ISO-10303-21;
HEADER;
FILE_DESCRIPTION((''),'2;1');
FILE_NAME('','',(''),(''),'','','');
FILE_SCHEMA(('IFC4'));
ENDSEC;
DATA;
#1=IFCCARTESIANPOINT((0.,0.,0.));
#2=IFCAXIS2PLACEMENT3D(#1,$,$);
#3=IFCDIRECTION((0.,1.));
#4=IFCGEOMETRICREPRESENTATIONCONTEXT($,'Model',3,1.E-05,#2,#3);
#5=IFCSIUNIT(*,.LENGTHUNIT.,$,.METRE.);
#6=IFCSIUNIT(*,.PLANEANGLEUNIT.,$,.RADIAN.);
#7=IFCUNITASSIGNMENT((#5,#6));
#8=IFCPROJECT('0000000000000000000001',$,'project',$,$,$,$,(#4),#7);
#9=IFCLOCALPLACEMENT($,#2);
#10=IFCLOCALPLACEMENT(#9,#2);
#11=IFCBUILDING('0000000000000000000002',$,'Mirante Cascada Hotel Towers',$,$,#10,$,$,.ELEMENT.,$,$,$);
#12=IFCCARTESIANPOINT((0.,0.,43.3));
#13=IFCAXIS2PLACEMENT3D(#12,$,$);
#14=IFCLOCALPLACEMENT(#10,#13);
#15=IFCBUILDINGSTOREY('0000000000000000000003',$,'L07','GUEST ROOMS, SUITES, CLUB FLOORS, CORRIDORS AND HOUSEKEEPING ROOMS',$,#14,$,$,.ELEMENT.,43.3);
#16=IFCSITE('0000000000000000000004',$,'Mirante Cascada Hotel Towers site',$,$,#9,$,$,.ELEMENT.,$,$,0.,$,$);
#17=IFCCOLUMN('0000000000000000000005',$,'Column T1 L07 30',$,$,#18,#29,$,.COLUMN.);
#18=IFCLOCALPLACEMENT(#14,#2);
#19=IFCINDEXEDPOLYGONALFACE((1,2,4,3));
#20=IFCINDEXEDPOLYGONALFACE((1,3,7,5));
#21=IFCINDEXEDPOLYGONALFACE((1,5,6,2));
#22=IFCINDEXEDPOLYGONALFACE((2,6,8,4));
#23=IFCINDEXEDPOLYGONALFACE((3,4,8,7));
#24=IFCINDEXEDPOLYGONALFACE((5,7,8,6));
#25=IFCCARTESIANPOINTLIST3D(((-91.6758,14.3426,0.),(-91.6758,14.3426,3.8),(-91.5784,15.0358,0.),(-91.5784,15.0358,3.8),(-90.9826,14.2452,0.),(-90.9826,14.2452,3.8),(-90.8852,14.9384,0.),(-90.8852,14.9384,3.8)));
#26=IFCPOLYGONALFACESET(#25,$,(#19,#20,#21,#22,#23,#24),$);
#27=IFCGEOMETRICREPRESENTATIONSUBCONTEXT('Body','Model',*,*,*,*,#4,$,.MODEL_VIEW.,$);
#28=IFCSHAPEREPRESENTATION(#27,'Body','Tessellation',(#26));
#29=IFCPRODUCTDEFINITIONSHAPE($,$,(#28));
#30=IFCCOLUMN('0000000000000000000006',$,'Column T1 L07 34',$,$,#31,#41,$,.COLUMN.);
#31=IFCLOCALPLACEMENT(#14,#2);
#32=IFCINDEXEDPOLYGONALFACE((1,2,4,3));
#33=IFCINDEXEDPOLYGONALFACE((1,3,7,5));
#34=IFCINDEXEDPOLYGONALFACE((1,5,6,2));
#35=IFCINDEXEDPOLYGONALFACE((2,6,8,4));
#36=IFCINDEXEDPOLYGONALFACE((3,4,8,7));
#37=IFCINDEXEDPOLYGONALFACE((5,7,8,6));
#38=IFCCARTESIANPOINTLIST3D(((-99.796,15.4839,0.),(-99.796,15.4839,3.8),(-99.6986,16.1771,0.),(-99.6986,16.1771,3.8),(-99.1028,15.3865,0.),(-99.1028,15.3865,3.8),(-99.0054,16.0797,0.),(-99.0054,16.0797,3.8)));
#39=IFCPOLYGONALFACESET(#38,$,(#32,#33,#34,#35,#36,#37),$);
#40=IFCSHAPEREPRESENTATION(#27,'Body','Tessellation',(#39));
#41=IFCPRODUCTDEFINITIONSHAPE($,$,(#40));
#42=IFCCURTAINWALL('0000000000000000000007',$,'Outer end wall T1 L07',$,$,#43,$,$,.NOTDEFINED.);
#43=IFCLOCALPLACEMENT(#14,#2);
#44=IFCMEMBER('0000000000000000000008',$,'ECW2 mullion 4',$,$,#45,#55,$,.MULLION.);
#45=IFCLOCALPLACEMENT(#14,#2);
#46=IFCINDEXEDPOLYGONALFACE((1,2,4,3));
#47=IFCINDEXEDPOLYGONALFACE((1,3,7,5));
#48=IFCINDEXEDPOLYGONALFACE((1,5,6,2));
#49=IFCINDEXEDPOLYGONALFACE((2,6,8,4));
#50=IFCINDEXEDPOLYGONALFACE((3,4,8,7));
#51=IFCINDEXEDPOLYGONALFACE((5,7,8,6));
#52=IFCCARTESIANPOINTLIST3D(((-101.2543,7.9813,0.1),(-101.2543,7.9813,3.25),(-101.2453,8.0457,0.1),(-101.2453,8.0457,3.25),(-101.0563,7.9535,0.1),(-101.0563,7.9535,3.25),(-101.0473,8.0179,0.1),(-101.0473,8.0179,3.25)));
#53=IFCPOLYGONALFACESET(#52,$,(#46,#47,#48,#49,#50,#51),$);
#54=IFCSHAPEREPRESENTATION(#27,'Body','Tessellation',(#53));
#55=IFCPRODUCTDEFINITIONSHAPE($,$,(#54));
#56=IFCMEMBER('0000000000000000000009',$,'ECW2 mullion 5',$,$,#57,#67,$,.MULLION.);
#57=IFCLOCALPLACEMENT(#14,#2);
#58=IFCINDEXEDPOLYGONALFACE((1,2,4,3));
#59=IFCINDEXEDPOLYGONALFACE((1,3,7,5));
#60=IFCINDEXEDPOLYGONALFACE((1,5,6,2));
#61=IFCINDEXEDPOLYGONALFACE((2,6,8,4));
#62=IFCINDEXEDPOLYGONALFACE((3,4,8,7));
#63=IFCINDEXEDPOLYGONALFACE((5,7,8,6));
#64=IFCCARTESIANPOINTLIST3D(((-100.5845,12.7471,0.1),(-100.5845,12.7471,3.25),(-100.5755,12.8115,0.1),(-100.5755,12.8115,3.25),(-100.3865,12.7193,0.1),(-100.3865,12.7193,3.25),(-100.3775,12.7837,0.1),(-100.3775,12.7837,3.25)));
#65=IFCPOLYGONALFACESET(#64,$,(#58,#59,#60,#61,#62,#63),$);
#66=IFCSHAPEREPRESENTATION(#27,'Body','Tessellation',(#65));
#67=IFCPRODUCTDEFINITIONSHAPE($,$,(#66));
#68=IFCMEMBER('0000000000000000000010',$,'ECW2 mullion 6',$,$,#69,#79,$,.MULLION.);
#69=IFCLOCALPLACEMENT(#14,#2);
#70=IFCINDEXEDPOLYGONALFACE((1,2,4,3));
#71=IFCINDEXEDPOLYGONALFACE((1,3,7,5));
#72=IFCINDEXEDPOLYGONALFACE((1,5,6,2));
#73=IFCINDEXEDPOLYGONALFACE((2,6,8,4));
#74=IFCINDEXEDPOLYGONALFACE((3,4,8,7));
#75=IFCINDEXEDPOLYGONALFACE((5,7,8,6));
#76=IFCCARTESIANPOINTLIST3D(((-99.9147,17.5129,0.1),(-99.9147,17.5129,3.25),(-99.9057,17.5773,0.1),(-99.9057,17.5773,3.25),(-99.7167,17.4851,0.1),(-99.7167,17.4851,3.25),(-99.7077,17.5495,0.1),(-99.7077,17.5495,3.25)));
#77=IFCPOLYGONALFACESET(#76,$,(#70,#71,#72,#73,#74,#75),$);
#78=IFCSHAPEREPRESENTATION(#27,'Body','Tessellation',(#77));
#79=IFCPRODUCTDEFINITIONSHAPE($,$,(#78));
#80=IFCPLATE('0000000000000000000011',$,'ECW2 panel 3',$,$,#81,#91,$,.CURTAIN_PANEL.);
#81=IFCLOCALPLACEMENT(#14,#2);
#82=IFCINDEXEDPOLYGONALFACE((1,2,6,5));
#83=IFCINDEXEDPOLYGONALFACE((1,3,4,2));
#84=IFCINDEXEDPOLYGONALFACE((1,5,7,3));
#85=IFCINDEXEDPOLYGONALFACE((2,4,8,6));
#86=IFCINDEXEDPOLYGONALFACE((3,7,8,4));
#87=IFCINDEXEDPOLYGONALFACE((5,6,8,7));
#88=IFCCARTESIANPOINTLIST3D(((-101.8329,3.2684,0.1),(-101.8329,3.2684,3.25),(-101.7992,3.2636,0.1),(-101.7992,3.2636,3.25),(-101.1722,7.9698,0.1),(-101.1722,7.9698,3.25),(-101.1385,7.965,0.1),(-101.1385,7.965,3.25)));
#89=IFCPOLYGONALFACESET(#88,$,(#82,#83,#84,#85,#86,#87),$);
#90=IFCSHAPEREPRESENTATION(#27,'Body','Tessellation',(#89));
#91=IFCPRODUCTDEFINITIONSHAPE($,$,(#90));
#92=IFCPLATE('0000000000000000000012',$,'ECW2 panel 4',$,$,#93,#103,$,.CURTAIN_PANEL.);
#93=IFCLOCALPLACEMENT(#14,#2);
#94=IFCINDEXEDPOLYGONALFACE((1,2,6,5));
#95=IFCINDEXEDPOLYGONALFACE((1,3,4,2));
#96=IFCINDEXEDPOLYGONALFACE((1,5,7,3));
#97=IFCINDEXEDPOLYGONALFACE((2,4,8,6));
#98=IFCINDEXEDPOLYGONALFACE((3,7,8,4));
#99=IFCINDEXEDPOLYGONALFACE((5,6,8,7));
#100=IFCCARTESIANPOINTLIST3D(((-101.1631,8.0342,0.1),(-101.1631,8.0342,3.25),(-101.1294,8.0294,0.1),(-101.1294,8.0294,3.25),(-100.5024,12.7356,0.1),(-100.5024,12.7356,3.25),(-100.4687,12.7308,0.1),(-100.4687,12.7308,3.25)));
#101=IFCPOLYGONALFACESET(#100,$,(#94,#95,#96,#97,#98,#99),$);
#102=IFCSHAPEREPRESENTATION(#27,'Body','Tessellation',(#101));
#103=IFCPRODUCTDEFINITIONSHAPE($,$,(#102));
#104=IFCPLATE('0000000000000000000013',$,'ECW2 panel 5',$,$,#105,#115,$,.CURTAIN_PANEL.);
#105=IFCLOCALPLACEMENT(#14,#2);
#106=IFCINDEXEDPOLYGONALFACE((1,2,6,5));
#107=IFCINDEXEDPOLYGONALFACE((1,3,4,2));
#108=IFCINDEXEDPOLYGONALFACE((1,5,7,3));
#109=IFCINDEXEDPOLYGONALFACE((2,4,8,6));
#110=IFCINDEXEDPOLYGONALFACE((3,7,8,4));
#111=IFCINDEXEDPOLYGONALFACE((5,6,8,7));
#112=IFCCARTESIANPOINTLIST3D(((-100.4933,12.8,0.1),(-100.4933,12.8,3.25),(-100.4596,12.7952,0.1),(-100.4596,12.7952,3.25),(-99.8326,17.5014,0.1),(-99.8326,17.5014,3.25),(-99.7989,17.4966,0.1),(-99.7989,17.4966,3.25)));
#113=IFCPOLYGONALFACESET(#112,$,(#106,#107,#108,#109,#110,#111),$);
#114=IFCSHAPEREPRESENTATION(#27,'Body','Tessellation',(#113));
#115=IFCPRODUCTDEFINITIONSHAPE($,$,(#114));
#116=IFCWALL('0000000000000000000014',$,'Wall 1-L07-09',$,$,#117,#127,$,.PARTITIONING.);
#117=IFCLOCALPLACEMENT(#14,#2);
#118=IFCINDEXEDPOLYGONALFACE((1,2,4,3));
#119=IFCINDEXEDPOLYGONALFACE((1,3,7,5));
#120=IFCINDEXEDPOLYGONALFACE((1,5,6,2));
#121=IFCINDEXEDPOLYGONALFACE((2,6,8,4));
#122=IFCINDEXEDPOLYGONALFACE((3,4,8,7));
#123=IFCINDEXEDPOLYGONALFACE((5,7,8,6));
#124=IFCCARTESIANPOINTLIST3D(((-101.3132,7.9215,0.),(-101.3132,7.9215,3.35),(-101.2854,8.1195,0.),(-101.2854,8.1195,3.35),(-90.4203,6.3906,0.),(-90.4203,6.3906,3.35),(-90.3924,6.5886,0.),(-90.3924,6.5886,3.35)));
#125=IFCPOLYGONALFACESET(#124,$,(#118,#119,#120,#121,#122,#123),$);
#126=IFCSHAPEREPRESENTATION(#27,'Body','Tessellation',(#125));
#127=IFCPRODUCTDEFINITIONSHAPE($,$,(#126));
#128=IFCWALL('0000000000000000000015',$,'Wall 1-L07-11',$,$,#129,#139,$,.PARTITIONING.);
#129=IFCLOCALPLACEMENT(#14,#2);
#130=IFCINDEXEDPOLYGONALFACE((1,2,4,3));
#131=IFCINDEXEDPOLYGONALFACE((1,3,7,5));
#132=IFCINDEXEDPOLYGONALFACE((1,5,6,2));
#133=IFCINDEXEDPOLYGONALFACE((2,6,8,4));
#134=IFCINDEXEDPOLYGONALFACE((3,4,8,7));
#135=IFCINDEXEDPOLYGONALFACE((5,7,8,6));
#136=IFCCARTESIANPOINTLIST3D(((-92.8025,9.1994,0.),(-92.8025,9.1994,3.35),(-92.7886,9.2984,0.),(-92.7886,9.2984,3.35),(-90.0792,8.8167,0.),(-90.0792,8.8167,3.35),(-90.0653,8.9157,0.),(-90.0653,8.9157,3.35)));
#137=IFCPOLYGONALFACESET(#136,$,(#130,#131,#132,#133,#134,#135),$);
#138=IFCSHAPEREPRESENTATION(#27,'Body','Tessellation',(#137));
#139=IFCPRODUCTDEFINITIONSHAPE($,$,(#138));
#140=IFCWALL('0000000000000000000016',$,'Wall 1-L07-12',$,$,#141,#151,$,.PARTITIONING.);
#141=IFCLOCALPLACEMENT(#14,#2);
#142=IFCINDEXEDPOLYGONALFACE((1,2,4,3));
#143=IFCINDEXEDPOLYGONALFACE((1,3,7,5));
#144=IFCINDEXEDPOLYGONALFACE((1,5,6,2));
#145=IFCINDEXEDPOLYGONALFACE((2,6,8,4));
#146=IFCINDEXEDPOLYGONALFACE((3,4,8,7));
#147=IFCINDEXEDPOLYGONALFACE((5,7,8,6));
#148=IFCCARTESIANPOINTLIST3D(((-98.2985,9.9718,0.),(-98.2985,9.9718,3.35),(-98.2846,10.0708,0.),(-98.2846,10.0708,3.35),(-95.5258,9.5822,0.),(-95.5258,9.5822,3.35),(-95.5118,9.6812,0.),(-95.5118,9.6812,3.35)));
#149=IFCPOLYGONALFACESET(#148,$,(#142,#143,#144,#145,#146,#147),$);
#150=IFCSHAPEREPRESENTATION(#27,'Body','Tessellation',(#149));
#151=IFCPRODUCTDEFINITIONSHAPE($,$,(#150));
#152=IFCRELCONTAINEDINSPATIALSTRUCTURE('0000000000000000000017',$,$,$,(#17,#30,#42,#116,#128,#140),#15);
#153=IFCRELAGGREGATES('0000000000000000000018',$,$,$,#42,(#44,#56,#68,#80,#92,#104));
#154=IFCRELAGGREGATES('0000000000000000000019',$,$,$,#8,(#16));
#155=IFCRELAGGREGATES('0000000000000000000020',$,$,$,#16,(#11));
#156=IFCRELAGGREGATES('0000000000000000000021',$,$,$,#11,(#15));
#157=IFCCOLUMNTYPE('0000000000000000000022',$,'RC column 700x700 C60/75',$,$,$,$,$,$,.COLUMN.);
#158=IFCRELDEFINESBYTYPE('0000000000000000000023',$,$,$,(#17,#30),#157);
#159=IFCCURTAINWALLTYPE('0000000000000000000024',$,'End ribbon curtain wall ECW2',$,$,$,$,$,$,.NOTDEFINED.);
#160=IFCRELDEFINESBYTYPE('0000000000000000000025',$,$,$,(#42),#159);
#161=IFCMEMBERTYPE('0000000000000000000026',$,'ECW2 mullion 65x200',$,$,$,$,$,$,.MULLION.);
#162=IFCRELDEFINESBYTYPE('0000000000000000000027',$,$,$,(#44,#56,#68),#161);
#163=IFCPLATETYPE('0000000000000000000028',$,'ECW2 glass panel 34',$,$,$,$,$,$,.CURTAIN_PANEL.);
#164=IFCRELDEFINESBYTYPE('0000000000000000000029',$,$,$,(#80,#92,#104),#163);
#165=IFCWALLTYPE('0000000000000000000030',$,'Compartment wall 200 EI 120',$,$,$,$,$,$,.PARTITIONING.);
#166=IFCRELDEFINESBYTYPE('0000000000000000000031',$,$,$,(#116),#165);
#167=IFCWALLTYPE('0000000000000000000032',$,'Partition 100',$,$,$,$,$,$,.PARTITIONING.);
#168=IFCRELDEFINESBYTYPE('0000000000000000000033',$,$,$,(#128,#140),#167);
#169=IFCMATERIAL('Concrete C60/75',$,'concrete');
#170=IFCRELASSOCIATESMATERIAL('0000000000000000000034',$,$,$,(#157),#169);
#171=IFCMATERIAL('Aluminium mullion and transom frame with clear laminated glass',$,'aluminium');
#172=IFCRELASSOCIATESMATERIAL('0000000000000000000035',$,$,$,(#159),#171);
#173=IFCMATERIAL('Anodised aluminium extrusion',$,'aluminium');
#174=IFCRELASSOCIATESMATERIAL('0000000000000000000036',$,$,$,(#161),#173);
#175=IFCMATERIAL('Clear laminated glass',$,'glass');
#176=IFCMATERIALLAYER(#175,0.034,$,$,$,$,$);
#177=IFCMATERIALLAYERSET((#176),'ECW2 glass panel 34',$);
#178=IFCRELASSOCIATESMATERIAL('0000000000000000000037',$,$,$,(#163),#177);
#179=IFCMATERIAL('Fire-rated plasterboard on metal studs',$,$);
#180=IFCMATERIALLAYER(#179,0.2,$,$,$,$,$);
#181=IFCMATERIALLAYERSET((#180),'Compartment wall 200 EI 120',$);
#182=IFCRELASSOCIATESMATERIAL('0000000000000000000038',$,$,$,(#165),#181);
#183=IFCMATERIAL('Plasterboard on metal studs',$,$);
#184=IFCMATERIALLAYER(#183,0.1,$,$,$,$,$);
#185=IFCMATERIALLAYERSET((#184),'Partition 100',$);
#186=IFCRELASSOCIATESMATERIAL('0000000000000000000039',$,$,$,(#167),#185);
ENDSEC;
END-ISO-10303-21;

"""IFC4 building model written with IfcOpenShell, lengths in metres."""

from ifc_helpers import new_model, si_unit, direction, frame, frame_2d, origin, origin_2d, place, context, subcontext, project, spatial, rectangle, extrude, material, layer, layer_set, material_profile, profile_set, type_object, element, aggregate, save


model = new_model("IFC4")

# Units and contexts
model_context = context("Model", 3, precision=1e-05, world=origin(), true_north=direction((0.0, 1.0)))
body_context = subcontext(model_context, "Body", "Model", "MODEL_VIEW")
ifc_project = project(units=[si_unit("LENGTHUNIT", "METRE"), si_unit("PLANEANGLEUNIT", "RADIAN")], contexts=[model_context])

# Site, building, storey
site_placement = place(None, origin())
site = spatial("IfcSite", under=ifc_project, at=site_placement, Name="Mirante Cascada Hotel Towers site", CompositionType="ELEMENT", RefElevation=0.0)
building_placement = place(site_placement, origin())
building = spatial("IfcBuilding", under=site, at=building_placement, Name="Mirante Cascada Hotel Towers", CompositionType="ELEMENT")
storey_placement = place(building_placement, frame((0.0, 0.0, 43.3)))
storey = spatial("IfcBuildingStorey", under=building, at=storey_placement, Name="L07", Description="GUEST ROOMS, SUITES, CLUB FLOORS, CORRIDORS AND HOUSEKEEPING ROOMS", CompositionType="ELEMENT", Elevation=43.3)

# Columns
ifc_material_1 = material(Name="Concrete C60/75", Category="concrete")
ifc_material_profile_1 = material_profile(ifc_material_1, rectangle(XDim=0.7, YDim=0.7, at=origin_2d()), Name="RC column 700x700 C60/75")
ifc_profile_set_1 = profile_set([ifc_material_profile_1], Name="Concrete C60/75")
column_type = type_object("IfcColumnType", Name="RC column 700x700 C60/75", PredefinedType="COLUMN", material=ifc_profile_set_1)
for number, where, z_axis, x_axis, name in (
    (1, (-91.2805, 14.6405, 0.0), (0.0, 0.0, 1.0), (-0.990268, 0.139173, 0.0), "Column T1 L07 30"),
    (2, (-99.4007, 15.7818, 0.0), (0.0, 0.0, 1.0), (-0.990268, 0.139173, 0.0), "Column T1 L07 34"),
):
    element("IfcColumn", number, at=place(storey_placement, frame(where, z_axis=z_axis, x_axis=x_axis)), inside=storey, type_object=column_type, Name=name, PredefinedType="COLUMN", context=body_context, shape_type="SweptSolid", body=[
        extrude(rectangle(XDim=0.7, YDim=0.7, at=origin_2d()), origin(), (0.0, 0.0, 1.0), 3.8),
    ])

# Curtain wall, members, plates
ifc_material_2 = material(Name="Aluminium mullion and transom frame with clear laminated glass", Category="aluminium")
curtain_wall_type = type_object("IfcCurtainWallType", Name="End ribbon curtain wall ECW2", PredefinedType="NOTDEFINED", material=ifc_material_2)
curtain_wall_placement = place(storey_placement, origin())
curtain_wall = element("IfcCurtainWall", 3, at=curtain_wall_placement, inside=storey, type_object=curtain_wall_type, Name="Outer end wall T1 L07", PredefinedType="NOTDEFINED")
ifc_material_3 = material(Name="Anodised aluminium extrusion", Category="aluminium")
ifc_material_profile_2 = material_profile(ifc_material_3, rectangle(XDim=0.2, YDim=0.065, at=origin_2d()), Name="ECW2 MULLION 65x200")
ifc_profile_set_2 = profile_set([ifc_material_profile_2], Name="Anodised aluminium extrusion")
member_type = type_object("IfcMemberType", Name="ECW2 mullion 65x200", PredefinedType="MULLION", material=ifc_profile_set_2)
member_1_placement = place(storey_placement, frame((-101.1508, 7.9996, 0.1), z_axis=(0.0, 0.0, 1.0), x_axis=(-0.990268, 0.139173, 0.0)))
member_1 = element("IfcMember", 4, at=member_1_placement, type_object=member_type, Name="ECW2 mullion 4", PredefinedType="MULLION", context=body_context, shape_type="SweptSolid", body=[
    extrude(rectangle(XDim=0.2, YDim=0.065, at=origin_2d()), origin(), (0.0, 0.0, 1.0), 3.15),
])
member_2_placement = place(storey_placement, frame((-100.481, 12.7654, 0.1), z_axis=(0.0, 0.0, 1.0), x_axis=(-0.990268, 0.139173, 0.0)))
member_2 = element("IfcMember", 5, at=member_2_placement, type_object=member_type, Name="ECW2 mullion 5", PredefinedType="MULLION", context=body_context, shape_type="SweptSolid", body=[
    extrude(rectangle(XDim=0.2, YDim=0.065, at=origin_2d()), origin(), (0.0, 0.0, 1.0), 3.15),
])
member_3_placement = place(storey_placement, frame((-99.8112, 17.5312, 0.1), z_axis=(0.0, 0.0, 1.0), x_axis=(-0.990268, 0.139173, 0.0)))
member_3 = element("IfcMember", 6, at=member_3_placement, type_object=member_type, Name="ECW2 mullion 6", PredefinedType="MULLION", context=body_context, shape_type="SweptSolid", body=[
    extrude(rectangle(XDim=0.2, YDim=0.065, at=origin_2d()), origin(), (0.0, 0.0, 1.0), 3.15),
])
ifc_material_4 = material(Name="Clear laminated glass", Category="glass")
ifc_layer_1 = layer(ifc_material_4, 0.034)
ifc_layer_set_1 = layer_set([ifc_layer_1], Name="ECW2 glass panel 34")
plate_type = type_object("IfcPlateType", Name="ECW2 glass panel 34", PredefinedType="CURTAIN_PANEL", material=ifc_layer_set_1)
plate_1_placement = place(storey_placement, frame((-101.4857, 5.6167, 0.1), z_axis=(0.0, 0.0, 1.0), x_axis=(0.139173, 0.990268, 0.0)))
plate_1 = element("IfcPlate", 7, at=plate_1_placement, type_object=plate_type, Name="ECW2 panel 3", PredefinedType="CURTAIN_PANEL", context=body_context, shape_type="SweptSolid", body=[
    extrude(rectangle(XDim=4.7476, YDim=0.034, at=origin_2d()), origin(), (0.0, 0.0, 1.0), 3.15),
])
plate_2_placement = place(storey_placement, frame((-100.8159, 10.3825, 0.1), z_axis=(0.0, 0.0, 1.0), x_axis=(0.139173, 0.990268, 0.0)))
plate_2 = element("IfcPlate", 8, at=plate_2_placement, type_object=plate_type, Name="ECW2 panel 4", PredefinedType="CURTAIN_PANEL", context=body_context, shape_type="SweptSolid", body=[
    extrude(rectangle(XDim=4.7476, YDim=0.034, at=origin_2d()), origin(), (0.0, 0.0, 1.0), 3.15),
])
plate_3_placement = place(storey_placement, frame((-100.1461, 15.1483, 0.1), z_axis=(0.0, 0.0, 1.0), x_axis=(0.139173, 0.990268, 0.0)))
plate_3 = element("IfcPlate", 9, at=plate_3_placement, type_object=plate_type, Name="ECW2 panel 5", PredefinedType="CURTAIN_PANEL", context=body_context, shape_type="SweptSolid", body=[
    extrude(rectangle(XDim=4.7476, YDim=0.034, at=origin_2d()), origin(), (0.0, 0.0, 1.0), 3.15),
])
aggregate(curtain_wall, [member_1, member_2, member_3, plate_1, plate_2, plate_3])

# Walls
ifc_material_5 = material(Name="Fire-rated plasterboard on metal studs")
ifc_layer_2 = layer(ifc_material_5, 0.2)
ifc_layer_set_2 = layer_set([ifc_layer_2], Name="Compartment wall 200 EI 120")
wall_type_1 = type_object("IfcWallType", Name="Compartment wall 200 EI 120", PredefinedType="PARTITIONING", material=ifc_layer_set_2)
wall_1_placement = place(storey_placement, frame((-101.2993, 8.0205, 0.0), z_axis=(0.0, 0.0, 1.0), x_axis=(0.990268, -0.139173, 0.0)))
element("IfcWall", 10, at=wall_1_placement, inside=storey, type_object=wall_type_1, Name="Wall 1-L07-09", PredefinedType="PARTITIONING", context=body_context, shape_type="SweptSolid", body=[
    extrude(rectangle(XDim=11.0, YDim=0.2, at=frame_2d((5.5, 0.0))), origin(), (0.0, 0.0, 1.0), 3.35),
])
ifc_material_6 = material(Name="Plasterboard on metal studs")
ifc_layer_3 = layer(ifc_material_6, 0.1)
ifc_layer_set_3 = layer_set([ifc_layer_3], Name="Partition 100")
wall_type_2 = type_object("IfcWallType", Name="Partition 100", PredefinedType="PARTITIONING", material=ifc_layer_set_3)
wall_2_placement = place(storey_placement, frame((-92.7956, 9.2489, 0.0), z_axis=(0.0, 0.0, 1.0), x_axis=(0.99027, -0.139161, 0.0)))
element("IfcWall", 11, at=wall_2_placement, inside=storey, type_object=wall_type_2, Name="Wall 1-L07-11", PredefinedType="PARTITIONING", context=body_context, shape_type="SweptSolid", body=[
    extrude(rectangle(XDim=2.7501, YDim=0.1, at=frame_2d((1.3751, 0.0))), origin(), (0.0, 0.0, 1.0), 3.35),
])
wall_3_placement = place(storey_placement, frame((-95.5188, 9.6317, 0.0), z_axis=(0.0, 0.0, 1.0), x_axis=(-0.990273, 0.139141, 0.0)))
element("IfcWall", 12, at=wall_3_placement, inside=storey, type_object=wall_type_2, Name="Wall 1-L07-12", PredefinedType="PARTITIONING", context=body_context, shape_type="SweptSolid", body=[
    extrude(rectangle(XDim=2.8, YDim=0.1, at=frame_2d((1.4, 0.0))), origin(), (0.0, 0.0, 1.0), 3.35),
])

save(model, "model.ifc")
